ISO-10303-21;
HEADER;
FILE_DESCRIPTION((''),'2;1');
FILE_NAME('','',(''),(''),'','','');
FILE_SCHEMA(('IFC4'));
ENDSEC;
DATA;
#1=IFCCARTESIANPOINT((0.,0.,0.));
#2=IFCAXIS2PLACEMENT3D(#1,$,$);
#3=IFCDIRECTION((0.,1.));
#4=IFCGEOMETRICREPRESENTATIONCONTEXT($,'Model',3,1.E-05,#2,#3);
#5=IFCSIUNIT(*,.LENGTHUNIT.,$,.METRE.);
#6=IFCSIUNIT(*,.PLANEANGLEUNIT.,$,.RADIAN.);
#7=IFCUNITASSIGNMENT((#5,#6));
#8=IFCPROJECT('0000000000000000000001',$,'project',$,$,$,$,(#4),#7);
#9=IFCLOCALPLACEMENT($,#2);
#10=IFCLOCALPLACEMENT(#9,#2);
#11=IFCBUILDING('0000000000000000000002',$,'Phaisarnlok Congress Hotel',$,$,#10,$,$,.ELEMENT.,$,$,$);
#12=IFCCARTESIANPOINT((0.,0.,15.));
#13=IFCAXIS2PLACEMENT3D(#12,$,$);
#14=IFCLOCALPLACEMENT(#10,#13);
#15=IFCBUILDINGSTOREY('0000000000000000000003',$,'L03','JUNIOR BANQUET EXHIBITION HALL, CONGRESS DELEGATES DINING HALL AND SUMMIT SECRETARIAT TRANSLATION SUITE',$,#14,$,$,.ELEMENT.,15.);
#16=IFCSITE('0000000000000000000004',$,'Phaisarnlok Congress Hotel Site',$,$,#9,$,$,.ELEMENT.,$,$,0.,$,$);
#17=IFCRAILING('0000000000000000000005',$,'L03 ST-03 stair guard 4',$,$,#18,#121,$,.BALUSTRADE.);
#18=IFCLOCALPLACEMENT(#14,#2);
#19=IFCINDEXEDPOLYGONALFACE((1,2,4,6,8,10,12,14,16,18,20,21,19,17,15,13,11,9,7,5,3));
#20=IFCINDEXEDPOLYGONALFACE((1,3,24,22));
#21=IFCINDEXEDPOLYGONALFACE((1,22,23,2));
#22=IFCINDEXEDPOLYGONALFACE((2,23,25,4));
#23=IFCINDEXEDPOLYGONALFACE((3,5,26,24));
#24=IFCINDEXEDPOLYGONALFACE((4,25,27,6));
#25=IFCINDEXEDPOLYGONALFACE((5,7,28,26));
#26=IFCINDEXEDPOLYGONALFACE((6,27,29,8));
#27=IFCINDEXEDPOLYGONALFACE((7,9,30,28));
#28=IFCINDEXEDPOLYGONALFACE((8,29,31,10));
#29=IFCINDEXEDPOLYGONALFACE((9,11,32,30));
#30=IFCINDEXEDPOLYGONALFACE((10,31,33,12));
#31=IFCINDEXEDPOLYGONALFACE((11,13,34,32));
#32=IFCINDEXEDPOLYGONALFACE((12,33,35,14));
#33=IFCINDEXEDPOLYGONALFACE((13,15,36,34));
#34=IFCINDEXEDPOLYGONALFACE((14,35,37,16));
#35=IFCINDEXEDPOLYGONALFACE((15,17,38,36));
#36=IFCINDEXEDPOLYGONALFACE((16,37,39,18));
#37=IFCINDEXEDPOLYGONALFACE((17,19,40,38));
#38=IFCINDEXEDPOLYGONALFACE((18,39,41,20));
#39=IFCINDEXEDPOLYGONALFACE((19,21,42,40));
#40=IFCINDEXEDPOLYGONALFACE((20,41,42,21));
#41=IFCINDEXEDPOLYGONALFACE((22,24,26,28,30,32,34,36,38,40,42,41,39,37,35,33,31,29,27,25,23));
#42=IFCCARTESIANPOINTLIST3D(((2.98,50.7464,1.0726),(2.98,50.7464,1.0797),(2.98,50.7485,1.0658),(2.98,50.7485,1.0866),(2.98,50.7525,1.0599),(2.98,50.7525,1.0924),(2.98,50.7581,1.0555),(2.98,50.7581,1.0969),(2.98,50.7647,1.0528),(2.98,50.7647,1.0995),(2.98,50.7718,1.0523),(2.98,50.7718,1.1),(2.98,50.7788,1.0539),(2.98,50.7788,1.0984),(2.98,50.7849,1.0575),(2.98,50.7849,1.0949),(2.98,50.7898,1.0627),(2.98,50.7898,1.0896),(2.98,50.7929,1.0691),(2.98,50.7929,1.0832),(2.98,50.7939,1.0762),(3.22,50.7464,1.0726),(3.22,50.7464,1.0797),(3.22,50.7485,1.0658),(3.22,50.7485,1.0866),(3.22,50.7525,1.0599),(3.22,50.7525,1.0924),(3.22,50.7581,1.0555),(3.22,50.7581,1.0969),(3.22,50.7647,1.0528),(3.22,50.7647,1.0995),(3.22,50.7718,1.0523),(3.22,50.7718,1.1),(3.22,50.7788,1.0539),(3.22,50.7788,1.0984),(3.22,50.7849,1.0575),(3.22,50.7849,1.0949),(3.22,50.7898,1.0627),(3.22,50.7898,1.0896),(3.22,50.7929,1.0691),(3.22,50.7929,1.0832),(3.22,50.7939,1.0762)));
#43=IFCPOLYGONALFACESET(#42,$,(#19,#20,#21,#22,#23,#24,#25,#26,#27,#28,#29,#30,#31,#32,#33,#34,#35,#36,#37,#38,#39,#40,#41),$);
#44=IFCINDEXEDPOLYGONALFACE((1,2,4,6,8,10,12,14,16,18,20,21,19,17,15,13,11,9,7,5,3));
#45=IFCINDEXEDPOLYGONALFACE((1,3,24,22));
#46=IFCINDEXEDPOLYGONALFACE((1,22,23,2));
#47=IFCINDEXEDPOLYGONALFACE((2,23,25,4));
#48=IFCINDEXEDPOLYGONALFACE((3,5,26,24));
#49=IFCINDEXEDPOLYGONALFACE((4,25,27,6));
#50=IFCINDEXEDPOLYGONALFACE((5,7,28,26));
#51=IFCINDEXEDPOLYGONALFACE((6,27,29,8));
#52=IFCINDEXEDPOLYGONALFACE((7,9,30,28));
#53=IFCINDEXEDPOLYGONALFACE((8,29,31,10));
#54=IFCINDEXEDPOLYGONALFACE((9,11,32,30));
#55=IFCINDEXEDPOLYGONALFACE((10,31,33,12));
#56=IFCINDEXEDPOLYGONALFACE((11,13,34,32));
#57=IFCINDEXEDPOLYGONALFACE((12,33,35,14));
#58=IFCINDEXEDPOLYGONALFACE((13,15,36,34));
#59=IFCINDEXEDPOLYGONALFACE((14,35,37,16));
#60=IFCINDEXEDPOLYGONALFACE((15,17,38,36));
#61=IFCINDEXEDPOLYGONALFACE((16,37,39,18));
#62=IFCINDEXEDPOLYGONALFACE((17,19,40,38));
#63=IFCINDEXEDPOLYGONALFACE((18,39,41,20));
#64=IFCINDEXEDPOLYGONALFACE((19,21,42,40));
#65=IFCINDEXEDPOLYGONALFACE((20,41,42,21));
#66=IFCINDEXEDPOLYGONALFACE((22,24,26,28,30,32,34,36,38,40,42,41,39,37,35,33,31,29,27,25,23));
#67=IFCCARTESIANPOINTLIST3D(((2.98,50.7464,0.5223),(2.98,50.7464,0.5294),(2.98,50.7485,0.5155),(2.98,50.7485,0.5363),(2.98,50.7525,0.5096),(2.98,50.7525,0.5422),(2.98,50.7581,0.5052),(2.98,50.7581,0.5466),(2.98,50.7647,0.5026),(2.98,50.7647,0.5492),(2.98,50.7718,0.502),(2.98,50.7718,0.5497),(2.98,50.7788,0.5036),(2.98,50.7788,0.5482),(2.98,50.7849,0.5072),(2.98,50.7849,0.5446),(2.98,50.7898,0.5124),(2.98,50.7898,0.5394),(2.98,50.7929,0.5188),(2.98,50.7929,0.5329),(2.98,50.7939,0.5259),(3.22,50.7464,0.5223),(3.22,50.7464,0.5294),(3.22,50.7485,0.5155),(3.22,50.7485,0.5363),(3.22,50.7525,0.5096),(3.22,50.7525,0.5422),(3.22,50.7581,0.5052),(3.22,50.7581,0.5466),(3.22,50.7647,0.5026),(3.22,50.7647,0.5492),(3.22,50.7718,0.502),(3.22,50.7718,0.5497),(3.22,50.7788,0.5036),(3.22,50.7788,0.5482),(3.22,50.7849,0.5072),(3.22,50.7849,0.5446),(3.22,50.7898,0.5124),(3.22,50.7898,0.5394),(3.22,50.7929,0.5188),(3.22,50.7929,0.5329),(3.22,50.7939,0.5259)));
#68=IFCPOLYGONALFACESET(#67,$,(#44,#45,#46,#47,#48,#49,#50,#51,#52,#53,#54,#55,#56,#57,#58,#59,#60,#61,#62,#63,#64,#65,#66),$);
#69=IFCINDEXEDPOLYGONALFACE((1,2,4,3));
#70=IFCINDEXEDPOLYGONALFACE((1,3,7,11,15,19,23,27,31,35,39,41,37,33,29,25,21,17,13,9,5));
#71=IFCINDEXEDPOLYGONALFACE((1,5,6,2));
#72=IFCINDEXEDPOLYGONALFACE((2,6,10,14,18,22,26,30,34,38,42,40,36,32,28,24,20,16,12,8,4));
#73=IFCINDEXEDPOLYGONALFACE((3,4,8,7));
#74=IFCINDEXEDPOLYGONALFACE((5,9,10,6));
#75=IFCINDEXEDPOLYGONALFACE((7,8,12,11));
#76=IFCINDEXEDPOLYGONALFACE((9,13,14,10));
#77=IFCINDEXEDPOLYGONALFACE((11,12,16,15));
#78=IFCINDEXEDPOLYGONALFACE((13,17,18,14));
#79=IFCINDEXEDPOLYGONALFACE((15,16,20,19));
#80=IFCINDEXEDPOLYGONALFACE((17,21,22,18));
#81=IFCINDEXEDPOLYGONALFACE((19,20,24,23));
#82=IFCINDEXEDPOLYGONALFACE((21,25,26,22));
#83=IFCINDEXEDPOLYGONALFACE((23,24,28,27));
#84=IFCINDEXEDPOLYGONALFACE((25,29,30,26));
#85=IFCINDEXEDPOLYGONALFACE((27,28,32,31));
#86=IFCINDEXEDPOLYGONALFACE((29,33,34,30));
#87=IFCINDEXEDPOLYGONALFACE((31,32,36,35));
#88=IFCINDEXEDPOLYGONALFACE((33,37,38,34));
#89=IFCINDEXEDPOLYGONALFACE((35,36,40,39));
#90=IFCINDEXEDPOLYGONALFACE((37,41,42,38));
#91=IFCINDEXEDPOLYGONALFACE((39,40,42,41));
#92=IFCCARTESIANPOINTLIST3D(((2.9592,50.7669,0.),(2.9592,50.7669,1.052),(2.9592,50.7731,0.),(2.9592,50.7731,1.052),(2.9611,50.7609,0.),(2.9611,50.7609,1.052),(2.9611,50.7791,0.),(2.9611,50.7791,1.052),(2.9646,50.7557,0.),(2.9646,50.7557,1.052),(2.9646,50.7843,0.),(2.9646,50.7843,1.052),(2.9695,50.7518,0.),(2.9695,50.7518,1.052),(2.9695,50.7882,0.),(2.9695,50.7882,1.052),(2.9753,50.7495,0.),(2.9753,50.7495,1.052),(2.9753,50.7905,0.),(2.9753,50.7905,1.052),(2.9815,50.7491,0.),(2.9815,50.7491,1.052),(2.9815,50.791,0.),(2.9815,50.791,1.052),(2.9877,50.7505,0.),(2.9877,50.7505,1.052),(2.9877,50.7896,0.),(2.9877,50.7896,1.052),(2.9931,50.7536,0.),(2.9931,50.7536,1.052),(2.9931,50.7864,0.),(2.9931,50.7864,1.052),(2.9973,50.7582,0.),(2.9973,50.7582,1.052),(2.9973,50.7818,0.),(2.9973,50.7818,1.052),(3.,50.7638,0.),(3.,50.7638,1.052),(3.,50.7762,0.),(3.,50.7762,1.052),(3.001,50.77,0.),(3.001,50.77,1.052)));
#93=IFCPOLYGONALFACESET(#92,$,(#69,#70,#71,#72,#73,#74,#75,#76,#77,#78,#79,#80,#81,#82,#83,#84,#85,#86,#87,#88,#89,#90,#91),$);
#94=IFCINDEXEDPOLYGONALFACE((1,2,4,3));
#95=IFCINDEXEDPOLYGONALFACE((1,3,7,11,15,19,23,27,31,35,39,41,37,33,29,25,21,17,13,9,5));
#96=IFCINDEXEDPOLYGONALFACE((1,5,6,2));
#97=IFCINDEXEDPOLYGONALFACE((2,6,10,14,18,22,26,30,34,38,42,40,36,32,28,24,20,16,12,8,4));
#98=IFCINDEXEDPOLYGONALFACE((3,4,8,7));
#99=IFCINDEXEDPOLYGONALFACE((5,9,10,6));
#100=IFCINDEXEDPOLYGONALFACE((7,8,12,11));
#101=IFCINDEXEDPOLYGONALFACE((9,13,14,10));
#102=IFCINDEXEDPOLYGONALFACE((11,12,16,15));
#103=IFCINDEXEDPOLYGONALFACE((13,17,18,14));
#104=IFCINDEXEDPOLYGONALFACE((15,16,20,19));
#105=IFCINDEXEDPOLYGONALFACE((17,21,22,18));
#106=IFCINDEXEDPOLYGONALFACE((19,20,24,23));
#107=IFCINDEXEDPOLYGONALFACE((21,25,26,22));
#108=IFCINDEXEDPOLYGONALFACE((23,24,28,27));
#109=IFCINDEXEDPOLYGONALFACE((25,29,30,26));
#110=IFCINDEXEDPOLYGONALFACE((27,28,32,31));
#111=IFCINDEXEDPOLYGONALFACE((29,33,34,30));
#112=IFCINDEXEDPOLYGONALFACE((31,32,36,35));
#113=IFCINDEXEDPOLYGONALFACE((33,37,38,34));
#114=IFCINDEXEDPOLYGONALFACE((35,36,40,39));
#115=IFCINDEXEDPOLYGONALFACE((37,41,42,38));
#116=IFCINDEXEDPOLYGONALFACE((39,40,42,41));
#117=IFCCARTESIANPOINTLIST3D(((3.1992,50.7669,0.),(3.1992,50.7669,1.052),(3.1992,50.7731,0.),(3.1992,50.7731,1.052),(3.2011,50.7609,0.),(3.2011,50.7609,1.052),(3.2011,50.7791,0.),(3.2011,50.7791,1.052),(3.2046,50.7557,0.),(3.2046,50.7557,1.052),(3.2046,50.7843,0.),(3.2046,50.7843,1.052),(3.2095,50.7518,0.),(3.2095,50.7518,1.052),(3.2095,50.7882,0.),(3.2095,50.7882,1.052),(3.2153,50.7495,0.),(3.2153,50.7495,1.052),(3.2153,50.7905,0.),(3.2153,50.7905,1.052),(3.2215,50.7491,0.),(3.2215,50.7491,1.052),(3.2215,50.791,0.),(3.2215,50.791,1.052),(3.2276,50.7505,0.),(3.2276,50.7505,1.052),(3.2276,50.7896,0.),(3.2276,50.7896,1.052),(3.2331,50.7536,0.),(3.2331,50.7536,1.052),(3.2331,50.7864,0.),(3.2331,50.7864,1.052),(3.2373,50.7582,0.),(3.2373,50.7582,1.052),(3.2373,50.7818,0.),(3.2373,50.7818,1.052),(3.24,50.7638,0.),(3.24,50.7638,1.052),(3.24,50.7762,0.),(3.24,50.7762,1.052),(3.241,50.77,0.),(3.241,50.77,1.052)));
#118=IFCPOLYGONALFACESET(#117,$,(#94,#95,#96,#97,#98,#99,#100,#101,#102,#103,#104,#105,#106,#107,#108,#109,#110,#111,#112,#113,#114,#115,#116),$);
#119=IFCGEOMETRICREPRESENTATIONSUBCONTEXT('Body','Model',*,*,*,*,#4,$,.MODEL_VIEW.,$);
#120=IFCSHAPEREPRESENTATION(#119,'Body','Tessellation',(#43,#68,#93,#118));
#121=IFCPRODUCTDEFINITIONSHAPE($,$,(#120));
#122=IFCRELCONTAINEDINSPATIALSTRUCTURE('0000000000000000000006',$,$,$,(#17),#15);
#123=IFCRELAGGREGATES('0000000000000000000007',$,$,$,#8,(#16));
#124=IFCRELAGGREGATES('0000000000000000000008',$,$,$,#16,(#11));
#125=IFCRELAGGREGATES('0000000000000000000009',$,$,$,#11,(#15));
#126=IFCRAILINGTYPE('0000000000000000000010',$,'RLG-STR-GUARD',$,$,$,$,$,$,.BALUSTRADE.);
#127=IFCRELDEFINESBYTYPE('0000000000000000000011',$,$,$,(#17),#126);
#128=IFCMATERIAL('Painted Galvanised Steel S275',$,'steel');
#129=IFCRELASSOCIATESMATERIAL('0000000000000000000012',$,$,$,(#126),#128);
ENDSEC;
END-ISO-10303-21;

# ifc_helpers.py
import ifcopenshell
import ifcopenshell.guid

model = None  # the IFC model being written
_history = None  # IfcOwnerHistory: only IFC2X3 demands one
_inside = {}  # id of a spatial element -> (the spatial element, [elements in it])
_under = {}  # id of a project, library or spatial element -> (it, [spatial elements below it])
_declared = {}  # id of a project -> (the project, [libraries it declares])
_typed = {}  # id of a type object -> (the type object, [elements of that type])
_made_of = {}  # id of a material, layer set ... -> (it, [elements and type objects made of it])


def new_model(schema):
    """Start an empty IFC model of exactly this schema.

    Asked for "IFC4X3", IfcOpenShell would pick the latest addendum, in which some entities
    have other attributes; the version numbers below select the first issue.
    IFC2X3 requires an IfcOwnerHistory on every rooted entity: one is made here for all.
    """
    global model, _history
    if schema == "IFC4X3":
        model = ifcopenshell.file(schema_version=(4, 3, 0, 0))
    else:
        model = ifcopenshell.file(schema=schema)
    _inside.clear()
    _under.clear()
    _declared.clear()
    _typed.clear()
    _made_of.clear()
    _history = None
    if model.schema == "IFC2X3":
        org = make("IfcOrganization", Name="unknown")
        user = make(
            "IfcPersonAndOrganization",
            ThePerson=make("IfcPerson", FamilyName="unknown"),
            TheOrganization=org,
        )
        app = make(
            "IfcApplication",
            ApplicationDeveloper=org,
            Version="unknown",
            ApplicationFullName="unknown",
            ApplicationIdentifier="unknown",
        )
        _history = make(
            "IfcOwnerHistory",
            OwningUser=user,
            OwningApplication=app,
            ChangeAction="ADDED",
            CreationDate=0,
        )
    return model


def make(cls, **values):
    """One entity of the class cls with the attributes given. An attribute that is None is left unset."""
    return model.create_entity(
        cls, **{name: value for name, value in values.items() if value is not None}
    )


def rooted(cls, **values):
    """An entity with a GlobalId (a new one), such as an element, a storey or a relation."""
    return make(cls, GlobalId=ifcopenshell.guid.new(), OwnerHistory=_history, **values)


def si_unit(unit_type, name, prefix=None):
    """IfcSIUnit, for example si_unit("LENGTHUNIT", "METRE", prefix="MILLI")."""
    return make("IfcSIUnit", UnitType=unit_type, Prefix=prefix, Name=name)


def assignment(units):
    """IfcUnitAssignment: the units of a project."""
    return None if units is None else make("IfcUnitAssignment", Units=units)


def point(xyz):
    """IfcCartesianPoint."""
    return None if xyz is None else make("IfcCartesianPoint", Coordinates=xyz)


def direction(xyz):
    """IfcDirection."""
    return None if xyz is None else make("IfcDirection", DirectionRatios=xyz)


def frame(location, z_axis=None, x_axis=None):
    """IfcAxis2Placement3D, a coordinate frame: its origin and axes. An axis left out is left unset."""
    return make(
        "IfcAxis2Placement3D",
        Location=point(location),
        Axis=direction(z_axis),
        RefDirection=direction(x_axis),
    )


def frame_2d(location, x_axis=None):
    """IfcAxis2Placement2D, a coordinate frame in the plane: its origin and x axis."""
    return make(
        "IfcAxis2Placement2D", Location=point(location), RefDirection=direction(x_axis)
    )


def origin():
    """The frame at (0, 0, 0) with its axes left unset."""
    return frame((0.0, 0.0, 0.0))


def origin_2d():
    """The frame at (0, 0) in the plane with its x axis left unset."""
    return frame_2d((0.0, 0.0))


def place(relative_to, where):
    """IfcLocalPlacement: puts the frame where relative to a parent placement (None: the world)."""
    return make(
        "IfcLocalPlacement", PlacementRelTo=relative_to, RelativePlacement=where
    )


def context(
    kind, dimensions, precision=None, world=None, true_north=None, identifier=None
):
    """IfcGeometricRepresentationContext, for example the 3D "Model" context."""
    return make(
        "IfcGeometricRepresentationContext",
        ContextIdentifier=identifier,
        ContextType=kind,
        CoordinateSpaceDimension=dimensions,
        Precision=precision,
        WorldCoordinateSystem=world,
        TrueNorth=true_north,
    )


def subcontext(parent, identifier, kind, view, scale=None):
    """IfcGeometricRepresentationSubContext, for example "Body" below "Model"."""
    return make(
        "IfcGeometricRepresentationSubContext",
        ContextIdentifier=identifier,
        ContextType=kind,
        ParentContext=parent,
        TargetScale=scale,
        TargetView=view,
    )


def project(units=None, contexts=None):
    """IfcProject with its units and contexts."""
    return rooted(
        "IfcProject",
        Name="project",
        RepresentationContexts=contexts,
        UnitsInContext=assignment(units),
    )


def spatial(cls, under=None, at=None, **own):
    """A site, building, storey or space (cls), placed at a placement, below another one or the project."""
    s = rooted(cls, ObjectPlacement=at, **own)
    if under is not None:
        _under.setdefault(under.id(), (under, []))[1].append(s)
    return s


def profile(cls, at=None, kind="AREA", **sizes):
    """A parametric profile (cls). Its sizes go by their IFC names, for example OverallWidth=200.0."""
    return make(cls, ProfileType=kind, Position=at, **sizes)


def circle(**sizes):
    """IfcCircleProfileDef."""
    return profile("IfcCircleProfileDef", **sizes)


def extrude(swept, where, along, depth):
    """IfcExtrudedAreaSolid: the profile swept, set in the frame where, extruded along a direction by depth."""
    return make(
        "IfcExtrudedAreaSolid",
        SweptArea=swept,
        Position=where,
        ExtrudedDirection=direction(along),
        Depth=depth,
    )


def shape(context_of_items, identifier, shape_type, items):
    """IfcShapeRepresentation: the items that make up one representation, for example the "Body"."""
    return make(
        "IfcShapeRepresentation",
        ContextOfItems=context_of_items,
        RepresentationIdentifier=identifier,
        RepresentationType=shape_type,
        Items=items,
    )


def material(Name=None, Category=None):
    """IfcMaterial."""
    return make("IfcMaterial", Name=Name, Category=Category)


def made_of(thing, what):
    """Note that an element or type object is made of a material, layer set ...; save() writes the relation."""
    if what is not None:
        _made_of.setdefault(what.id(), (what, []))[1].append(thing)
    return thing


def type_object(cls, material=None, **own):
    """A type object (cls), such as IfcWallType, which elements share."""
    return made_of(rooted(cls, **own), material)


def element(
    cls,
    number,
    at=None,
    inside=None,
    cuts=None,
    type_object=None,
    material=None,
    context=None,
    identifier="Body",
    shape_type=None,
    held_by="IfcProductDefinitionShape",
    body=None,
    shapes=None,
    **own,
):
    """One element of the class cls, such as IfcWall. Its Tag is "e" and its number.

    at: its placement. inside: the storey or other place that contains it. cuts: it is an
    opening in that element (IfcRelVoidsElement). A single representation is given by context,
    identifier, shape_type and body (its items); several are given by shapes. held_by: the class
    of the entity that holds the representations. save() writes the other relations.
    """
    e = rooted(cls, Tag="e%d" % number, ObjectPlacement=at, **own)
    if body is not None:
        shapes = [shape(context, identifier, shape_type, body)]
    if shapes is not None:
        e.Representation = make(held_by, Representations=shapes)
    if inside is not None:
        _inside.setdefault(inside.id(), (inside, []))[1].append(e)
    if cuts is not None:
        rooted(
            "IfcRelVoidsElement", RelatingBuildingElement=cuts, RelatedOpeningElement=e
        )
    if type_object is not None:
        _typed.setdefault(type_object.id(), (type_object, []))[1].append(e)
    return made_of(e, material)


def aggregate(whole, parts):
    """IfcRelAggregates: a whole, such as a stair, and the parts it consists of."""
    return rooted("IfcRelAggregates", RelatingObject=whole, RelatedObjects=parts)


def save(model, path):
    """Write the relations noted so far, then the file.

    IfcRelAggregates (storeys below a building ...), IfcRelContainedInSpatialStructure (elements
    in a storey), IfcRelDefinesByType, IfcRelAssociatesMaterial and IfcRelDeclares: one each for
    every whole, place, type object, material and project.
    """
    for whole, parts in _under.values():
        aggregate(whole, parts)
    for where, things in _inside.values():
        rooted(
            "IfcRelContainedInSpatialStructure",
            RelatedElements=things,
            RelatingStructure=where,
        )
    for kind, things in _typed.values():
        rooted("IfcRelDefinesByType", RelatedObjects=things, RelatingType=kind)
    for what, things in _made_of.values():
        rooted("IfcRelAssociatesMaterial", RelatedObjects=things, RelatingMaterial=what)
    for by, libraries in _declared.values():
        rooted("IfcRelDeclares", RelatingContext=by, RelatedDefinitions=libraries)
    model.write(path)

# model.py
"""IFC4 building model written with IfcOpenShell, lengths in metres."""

from ifc_helpers import new_model, si_unit, direction, frame, origin, origin_2d, place, context, subcontext, project, spatial, circle, extrude, material, type_object, element, save


model = new_model("IFC4")

# Units and contexts
model_context = context("Model", 3, precision=1e-05, world=origin(), true_north=direction((0.0, 1.0)))
body_context = subcontext(model_context, "Body", "Model", "MODEL_VIEW")
ifc_project = project(units=[si_unit("LENGTHUNIT", "METRE"), si_unit("PLANEANGLEUNIT", "RADIAN")], contexts=[model_context])

# Site, building, storey
site_placement = place(None, origin())
site = spatial("IfcSite", under=ifc_project, at=site_placement, Name="Phaisarnlok Congress Hotel Site", CompositionType="ELEMENT", RefElevation=0.0)
building_placement = place(site_placement, origin())
building = spatial("IfcBuilding", under=site, at=building_placement, Name="Phaisarnlok Congress Hotel", CompositionType="ELEMENT")
storey_placement = place(building_placement, frame((0.0, 0.0, 15.0)))
storey = spatial("IfcBuildingStorey", under=building, at=storey_placement, Name="L03", Description="JUNIOR BANQUET EXHIBITION HALL, CONGRESS DELEGATES DINING HALL AND SUMMIT SECRETARIAT TRANSLATION SUITE", CompositionType="ELEMENT", Elevation=15.0)

# Railing
ifc_material_1 = material(Name="Painted Galvanised Steel S275", Category="steel")
railing_type_1 = type_object("IfcRailingType", Name="RLG-STR-GUARD", PredefinedType="BALUSTRADE", material=ifc_material_1)
railing_1_placement = place(storey_placement, frame((2.98, 50.77, 0.0)))
element("IfcRailing", 1, at=railing_1_placement, inside=storey, type_object=railing_type_1, Name="L03 ST-03 stair guard 4", PredefinedType="BALUSTRADE", context=body_context, shape_type="SweptSolid", body=[
    extrude(circle(Radius=0.0239, at=origin_2d()), frame((0.0, 0.0, 1.0762), z_axis=(1.0, 0.0, 0.0), x_axis=(0.0, 1.0, 0.0)), (0.0, 0.0, 1.0), 0.24),
    extrude(circle(Radius=0.0239, at=origin_2d()), frame((0.0, 0.0, 0.5259), z_axis=(1.0, 0.0, 0.0), x_axis=(0.0, 1.0, 0.0)), (0.0, 0.0, 1.0), 0.24),
    extrude(circle(Radius=0.021, at=origin_2d()), origin(), (0.0, 0.0, 1.0), 1.052),
    extrude(circle(Radius=0.021, at=origin_2d()), frame((0.24, 0.0, 0.0)), (0.0, 0.0, 1.0), 1.052),
])

save(model, "model.ifc")
